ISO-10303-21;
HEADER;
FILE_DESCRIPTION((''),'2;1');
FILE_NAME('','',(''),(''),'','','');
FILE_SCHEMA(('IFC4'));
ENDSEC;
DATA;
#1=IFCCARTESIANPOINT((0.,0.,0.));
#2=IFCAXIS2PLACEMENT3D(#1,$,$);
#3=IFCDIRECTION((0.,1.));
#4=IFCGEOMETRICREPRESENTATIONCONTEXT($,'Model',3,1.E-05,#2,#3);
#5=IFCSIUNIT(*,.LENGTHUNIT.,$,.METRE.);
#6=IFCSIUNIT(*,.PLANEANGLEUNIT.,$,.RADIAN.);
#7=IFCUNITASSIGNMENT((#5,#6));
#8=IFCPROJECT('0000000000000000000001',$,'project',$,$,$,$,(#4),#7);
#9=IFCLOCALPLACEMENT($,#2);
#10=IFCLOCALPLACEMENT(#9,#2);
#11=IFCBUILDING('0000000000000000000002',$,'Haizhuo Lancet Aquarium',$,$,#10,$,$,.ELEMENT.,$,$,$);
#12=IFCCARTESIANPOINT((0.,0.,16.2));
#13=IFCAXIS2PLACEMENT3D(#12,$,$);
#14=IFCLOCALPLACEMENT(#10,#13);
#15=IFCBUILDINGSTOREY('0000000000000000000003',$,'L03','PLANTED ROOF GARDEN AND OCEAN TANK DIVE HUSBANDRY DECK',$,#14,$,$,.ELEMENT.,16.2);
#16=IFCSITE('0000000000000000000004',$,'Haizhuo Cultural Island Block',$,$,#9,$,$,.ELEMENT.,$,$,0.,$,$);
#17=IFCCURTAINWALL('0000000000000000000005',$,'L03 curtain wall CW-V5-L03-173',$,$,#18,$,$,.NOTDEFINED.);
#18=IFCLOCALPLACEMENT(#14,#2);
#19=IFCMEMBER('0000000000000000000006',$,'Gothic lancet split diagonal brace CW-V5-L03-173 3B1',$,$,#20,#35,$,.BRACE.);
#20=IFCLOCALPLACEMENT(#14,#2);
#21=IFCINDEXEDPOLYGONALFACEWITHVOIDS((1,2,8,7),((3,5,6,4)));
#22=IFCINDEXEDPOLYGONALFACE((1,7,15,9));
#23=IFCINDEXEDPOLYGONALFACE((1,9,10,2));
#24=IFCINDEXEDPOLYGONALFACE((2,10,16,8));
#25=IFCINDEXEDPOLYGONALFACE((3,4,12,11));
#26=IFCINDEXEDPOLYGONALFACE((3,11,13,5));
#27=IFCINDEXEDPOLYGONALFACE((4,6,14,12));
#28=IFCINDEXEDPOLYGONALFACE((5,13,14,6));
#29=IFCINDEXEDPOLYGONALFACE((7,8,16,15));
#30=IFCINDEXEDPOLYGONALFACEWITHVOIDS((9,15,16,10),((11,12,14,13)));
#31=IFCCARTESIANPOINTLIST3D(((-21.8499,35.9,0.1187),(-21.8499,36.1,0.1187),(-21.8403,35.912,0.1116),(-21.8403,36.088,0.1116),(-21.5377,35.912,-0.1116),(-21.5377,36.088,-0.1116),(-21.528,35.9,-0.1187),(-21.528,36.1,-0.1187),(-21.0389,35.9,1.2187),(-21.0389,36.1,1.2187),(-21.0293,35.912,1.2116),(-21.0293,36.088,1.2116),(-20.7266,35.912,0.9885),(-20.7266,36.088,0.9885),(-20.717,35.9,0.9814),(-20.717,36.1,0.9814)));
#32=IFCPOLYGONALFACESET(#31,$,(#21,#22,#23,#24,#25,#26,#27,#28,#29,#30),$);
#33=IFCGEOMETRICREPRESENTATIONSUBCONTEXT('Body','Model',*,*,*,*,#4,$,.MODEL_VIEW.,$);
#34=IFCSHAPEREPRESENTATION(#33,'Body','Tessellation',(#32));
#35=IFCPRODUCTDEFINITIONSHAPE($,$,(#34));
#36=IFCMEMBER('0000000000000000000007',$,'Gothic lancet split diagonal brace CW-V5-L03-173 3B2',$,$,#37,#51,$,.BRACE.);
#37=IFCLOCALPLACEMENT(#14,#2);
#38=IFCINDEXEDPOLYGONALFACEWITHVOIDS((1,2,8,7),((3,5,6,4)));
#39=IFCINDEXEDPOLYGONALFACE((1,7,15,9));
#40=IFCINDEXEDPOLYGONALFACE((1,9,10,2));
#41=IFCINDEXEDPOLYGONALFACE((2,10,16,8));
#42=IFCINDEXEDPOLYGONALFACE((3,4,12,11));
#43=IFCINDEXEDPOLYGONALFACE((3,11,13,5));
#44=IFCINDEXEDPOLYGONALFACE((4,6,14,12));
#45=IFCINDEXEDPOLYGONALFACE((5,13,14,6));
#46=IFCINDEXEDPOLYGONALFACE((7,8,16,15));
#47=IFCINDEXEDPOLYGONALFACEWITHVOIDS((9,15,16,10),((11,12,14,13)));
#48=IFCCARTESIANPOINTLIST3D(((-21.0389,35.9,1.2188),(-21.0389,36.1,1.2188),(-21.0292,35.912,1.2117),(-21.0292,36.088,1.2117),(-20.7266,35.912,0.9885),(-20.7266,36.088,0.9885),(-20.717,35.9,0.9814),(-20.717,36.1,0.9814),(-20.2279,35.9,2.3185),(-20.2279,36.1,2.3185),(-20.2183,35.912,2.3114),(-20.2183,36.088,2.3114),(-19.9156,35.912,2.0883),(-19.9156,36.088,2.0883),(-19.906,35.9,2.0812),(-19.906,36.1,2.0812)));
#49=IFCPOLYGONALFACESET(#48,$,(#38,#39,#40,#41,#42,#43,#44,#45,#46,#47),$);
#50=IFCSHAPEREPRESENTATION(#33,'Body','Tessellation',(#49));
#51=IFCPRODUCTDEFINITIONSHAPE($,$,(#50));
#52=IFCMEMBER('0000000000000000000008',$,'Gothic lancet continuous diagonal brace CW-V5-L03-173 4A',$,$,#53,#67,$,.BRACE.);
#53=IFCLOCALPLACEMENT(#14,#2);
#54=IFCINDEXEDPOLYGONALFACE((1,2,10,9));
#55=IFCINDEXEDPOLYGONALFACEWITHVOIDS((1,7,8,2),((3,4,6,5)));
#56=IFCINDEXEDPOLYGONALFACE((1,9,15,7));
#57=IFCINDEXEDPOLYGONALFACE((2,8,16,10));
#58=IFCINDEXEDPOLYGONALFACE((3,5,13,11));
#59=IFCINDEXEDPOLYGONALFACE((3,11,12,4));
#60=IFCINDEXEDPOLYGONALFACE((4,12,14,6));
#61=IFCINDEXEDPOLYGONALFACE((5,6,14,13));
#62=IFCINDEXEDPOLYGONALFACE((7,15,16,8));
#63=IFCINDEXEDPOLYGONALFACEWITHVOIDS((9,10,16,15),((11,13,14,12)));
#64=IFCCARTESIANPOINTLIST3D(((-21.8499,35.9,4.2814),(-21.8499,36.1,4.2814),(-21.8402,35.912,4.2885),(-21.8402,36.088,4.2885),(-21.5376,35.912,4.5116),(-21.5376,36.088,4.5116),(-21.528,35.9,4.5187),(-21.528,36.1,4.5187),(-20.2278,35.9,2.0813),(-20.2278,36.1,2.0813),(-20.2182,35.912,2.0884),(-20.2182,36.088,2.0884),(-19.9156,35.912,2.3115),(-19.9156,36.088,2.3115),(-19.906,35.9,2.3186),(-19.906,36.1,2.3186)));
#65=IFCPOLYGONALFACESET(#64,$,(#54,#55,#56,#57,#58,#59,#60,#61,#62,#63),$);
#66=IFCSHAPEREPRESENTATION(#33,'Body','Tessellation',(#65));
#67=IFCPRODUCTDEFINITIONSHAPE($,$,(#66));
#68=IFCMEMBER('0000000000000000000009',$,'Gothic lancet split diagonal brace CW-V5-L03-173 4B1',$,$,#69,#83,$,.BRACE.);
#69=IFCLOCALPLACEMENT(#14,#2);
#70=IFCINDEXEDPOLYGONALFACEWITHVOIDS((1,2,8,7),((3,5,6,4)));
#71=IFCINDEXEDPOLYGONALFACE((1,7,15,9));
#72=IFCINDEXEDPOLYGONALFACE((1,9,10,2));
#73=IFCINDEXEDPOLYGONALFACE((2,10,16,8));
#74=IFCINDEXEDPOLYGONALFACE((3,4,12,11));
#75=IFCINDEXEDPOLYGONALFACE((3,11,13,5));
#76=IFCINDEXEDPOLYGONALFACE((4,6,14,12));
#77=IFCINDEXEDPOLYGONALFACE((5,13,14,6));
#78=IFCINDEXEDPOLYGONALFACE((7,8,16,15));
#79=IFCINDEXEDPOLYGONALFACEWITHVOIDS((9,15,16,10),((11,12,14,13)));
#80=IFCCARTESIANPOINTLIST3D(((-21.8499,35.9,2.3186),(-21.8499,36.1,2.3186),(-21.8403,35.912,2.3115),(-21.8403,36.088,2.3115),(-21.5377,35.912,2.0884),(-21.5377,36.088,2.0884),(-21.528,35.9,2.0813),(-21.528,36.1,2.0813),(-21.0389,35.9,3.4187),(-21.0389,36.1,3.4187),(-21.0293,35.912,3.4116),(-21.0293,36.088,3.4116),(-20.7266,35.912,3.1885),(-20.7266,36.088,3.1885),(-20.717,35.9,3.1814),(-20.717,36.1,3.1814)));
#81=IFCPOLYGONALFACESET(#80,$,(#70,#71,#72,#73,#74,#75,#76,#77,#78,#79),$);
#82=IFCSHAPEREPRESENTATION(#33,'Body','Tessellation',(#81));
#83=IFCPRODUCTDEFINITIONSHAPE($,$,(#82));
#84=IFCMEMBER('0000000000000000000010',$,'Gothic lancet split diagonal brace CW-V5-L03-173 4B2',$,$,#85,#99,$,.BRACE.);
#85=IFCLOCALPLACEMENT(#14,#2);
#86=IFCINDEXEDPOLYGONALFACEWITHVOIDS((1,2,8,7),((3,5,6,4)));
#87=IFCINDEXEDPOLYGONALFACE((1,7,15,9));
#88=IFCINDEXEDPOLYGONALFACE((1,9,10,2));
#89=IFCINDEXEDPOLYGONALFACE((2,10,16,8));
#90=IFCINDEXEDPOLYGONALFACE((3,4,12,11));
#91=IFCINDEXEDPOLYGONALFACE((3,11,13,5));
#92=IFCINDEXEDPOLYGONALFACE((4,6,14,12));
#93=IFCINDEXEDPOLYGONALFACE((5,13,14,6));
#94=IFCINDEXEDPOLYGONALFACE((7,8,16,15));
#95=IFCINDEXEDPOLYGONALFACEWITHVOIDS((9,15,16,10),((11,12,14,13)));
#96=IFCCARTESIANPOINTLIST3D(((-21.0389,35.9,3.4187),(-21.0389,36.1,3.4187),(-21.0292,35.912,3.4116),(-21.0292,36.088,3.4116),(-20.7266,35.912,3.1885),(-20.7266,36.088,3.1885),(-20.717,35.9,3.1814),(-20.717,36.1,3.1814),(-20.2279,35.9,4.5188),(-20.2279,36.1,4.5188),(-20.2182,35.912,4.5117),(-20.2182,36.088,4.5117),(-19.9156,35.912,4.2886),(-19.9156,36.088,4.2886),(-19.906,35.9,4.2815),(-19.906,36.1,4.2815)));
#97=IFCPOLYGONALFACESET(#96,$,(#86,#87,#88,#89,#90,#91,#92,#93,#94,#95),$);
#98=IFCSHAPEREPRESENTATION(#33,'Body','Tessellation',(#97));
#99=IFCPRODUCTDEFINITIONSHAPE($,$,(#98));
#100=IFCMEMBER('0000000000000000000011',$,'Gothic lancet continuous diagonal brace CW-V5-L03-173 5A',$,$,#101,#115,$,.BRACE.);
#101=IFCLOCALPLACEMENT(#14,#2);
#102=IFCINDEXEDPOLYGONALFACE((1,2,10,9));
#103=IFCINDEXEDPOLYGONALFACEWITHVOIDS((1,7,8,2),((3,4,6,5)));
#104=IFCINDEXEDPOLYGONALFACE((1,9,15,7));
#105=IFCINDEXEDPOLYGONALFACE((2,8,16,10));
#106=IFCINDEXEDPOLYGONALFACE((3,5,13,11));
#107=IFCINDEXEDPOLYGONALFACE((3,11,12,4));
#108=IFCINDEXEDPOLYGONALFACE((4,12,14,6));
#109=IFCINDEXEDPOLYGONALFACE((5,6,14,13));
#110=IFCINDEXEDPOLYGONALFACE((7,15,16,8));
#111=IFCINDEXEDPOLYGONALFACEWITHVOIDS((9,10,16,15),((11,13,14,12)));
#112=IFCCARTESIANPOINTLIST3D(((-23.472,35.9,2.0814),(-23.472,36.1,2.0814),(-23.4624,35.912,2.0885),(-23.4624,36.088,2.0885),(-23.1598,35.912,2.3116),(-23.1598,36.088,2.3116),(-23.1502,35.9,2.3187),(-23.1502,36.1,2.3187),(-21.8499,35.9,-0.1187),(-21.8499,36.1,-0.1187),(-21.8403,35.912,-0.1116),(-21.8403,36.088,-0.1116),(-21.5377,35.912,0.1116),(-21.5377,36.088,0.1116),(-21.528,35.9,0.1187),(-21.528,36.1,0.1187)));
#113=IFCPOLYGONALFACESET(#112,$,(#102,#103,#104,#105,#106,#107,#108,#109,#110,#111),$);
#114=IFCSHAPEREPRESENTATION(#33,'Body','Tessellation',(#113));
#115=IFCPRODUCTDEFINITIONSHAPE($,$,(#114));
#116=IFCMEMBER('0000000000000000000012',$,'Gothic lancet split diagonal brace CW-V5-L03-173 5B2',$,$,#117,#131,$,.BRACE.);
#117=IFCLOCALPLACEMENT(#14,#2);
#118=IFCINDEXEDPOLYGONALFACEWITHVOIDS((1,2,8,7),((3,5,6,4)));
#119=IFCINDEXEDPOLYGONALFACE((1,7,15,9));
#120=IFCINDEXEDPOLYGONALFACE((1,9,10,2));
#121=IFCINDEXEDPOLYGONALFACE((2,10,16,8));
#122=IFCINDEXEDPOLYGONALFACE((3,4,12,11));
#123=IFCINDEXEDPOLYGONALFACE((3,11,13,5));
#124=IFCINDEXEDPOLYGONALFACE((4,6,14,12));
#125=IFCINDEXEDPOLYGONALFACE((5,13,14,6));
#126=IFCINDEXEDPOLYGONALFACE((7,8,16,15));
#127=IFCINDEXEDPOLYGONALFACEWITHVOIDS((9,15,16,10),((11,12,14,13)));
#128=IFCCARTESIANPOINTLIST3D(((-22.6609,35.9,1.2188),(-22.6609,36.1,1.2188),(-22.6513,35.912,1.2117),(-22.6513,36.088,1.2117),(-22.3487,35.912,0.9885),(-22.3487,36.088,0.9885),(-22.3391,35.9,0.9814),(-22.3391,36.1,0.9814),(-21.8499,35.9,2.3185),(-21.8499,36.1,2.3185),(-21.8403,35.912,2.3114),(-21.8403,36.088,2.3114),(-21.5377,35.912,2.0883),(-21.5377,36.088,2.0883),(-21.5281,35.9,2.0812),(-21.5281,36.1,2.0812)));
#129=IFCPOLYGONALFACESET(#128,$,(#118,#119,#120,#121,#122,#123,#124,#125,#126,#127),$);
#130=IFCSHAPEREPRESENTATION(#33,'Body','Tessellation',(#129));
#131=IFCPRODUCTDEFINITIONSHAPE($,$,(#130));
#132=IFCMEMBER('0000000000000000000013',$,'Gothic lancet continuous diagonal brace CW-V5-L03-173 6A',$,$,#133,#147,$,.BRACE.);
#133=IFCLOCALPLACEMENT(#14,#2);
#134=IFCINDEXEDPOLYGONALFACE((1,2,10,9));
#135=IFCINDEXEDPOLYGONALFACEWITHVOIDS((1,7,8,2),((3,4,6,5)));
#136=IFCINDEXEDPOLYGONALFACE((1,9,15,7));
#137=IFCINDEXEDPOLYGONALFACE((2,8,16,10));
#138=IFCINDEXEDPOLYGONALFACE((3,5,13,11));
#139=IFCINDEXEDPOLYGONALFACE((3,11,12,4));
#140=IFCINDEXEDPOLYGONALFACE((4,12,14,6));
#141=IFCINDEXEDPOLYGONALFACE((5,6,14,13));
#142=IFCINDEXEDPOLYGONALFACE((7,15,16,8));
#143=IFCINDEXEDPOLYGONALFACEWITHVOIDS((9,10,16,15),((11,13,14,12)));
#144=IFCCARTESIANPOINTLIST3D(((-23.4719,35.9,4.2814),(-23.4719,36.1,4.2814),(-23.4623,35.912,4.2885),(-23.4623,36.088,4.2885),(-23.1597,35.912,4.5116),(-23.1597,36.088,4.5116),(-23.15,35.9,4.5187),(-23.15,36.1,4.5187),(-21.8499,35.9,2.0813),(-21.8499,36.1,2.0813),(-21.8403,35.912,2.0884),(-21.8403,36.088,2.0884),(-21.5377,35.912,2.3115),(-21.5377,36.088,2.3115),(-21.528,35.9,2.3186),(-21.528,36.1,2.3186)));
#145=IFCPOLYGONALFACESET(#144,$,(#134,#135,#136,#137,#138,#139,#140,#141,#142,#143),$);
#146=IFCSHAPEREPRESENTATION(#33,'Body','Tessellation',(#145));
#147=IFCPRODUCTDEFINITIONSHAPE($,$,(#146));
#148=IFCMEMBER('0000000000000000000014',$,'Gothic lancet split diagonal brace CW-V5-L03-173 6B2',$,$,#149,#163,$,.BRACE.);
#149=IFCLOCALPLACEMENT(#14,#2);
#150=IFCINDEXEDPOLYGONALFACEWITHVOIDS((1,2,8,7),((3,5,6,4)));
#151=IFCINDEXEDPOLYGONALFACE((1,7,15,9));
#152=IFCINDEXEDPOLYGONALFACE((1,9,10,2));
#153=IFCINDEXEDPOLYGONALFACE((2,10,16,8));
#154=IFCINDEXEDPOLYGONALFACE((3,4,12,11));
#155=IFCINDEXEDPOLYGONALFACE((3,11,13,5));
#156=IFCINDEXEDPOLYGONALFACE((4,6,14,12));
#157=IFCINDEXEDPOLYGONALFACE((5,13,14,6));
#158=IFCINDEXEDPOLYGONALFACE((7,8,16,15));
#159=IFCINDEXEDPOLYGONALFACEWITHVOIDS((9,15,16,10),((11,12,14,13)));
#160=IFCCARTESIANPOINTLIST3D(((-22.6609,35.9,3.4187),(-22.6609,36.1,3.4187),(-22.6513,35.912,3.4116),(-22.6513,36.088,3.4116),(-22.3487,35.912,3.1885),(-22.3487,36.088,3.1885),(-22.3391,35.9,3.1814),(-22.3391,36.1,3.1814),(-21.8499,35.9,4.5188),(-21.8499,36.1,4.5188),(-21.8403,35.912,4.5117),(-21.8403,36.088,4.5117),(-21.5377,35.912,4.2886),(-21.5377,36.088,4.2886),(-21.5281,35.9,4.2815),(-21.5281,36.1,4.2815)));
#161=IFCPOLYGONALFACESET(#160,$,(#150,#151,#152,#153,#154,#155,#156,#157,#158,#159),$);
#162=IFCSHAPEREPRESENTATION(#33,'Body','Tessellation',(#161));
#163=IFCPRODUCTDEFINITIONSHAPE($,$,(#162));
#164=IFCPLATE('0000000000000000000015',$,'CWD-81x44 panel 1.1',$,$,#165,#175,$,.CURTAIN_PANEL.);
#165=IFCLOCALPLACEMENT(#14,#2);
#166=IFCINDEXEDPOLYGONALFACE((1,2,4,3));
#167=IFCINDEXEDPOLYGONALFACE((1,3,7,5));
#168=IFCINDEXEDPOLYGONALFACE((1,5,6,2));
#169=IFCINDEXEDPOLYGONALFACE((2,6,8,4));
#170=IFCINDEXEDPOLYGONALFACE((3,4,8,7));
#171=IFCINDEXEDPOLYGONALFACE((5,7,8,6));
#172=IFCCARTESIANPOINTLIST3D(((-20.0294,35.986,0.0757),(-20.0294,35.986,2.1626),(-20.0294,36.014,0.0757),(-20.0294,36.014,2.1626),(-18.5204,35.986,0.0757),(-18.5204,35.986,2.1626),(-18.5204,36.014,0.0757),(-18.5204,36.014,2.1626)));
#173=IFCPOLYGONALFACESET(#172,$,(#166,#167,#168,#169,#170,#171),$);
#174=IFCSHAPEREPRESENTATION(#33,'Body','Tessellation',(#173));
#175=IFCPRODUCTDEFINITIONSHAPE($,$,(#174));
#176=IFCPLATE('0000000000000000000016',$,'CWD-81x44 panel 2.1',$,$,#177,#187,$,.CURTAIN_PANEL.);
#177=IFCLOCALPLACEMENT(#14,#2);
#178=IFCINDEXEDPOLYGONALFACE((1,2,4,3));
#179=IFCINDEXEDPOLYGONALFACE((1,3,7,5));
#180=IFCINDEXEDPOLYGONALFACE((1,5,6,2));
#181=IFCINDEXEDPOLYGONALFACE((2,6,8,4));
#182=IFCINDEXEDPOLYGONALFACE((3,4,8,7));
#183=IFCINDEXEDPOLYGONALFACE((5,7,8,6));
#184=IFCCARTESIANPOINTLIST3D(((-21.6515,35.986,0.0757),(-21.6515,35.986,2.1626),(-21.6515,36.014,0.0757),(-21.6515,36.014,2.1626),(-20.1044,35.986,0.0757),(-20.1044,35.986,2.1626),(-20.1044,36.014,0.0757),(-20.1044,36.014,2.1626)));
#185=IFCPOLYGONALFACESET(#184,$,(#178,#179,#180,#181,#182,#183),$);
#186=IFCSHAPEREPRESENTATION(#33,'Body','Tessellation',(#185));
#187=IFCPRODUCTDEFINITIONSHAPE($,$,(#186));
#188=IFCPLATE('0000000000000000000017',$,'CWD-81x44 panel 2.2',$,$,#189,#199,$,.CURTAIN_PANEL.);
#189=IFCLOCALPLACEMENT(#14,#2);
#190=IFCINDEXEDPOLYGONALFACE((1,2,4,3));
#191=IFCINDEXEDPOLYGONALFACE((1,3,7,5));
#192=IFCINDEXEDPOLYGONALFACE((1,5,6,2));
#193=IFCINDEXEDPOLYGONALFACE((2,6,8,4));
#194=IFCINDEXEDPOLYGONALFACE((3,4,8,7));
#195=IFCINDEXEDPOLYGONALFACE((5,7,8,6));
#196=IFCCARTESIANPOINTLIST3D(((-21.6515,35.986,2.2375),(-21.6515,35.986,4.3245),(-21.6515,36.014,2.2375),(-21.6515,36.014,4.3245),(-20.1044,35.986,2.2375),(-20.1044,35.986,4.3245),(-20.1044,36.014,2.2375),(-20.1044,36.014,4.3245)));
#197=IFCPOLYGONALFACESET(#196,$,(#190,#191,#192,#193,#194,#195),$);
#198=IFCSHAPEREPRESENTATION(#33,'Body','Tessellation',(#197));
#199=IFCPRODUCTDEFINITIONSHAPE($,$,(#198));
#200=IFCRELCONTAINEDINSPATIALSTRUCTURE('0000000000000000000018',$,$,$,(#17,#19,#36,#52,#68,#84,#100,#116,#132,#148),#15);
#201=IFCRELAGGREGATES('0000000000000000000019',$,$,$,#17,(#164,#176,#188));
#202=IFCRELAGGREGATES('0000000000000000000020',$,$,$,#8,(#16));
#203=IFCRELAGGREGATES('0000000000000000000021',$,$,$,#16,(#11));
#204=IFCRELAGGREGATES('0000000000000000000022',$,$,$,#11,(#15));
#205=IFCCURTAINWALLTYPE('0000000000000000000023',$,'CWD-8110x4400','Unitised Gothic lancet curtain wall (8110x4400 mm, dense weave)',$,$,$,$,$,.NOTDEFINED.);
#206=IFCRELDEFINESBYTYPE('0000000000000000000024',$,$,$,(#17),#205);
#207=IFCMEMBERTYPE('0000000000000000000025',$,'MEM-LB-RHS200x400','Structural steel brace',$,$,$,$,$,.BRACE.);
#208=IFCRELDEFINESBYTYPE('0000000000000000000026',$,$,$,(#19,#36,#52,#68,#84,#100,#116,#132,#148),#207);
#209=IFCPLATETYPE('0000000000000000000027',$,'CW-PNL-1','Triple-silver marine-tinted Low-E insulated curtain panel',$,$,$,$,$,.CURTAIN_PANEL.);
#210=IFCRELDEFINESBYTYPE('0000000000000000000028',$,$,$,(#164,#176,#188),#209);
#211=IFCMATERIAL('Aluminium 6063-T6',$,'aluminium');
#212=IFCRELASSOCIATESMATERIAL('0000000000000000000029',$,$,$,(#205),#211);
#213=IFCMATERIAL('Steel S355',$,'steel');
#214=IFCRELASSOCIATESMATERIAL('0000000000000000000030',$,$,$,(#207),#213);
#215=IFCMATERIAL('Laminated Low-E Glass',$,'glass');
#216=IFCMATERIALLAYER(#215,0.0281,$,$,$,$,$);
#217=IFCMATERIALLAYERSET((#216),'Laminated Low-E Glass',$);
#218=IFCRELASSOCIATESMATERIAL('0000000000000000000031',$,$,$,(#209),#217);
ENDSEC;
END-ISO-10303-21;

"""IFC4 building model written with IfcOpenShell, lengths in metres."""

from ifc_helpers import new_model, si_unit, direction, frame, origin, origin_2d, place, context, subcontext, project, spatial, rectangle, hollow_rectangle, extrude, material, layer, layer_set, material_profile, profile_set, type_object, element, aggregate, save


model = new_model("IFC4")

# Units and contexts
model_context = context("Model", 3, precision=1e-05, world=origin(), true_north=direction((0.0, 1.0)))
body_context = subcontext(model_context, "Body", "Model", "MODEL_VIEW")
ifc_project = project(units=[si_unit("LENGTHUNIT", "METRE"), si_unit("PLANEANGLEUNIT", "RADIAN")], contexts=[model_context])

# Site, building, storey
site_placement = place(None, origin())
site = spatial("IfcSite", under=ifc_project, at=site_placement, Name="Haizhuo Cultural Island Block", CompositionType="ELEMENT", RefElevation=0.0)
building_placement = place(site_placement, origin())
building = spatial("IfcBuilding", under=site, at=building_placement, Name="Haizhuo Lancet Aquarium", CompositionType="ELEMENT")
storey_placement = place(building_placement, frame((0.0, 0.0, 16.2)))
storey = spatial("IfcBuildingStorey", under=building, at=storey_placement, Name="L03", Description="PLANTED ROOF GARDEN AND OCEAN TANK DIVE HUSBANDRY DECK", CompositionType="ELEMENT", Elevation=16.2)

# Curtain wall
ifc_material_1 = material(Name="Aluminium 6063-T6", Category="aluminium")
curtain_wall_type = type_object("IfcCurtainWallType", Name="CWD-8110x4400", Description="Unitised Gothic lancet curtain wall (8110x4400 mm, dense weave)", PredefinedType="NOTDEFINED", material=ifc_material_1)
curtain_wall_placement = place(storey_placement, origin())
curtain_wall = element("IfcCurtainWall", 1, at=curtain_wall_placement, inside=storey, type_object=curtain_wall_type, Name="L03 curtain wall CW-V5-L03-173", PredefinedType="NOTDEFINED")

# Members
ifc_material_2 = material(Name="Steel S355", Category="steel")
ifc_material_profile_1 = material_profile(ifc_material_2, hollow_rectangle(XDim=0.2, YDim=0.3999, WallThickness=0.012, at=origin_2d()), Name="RHS 200x400x12")
ifc_profile_set_1 = profile_set([ifc_material_profile_1], Name="Steel S355")
member_type_1 = type_object("IfcMemberType", Name="MEM-LB-RHS200x400", Description="Structural steel brace", PredefinedType="BRACE", material=ifc_profile_set_1)
member_1_placement = place(storey_placement, frame((-21.689, 36.0, 0.0), z_axis=(0.593406, 0.0, 0.804903), x_axis=(0.0, 1.0, 0.0)))
element("IfcMember", 2, at=member_1_placement, inside=storey, type_object=member_type_1, Name="Gothic lancet split diagonal brace CW-V5-L03-173 3B1", PredefinedType="BRACE", context=body_context, shape_type="SweptSolid", body=[
    extrude(hollow_rectangle(XDim=0.2, YDim=0.3999, WallThickness=0.012, at=origin_2d()), origin(), (0.0, 0.0, 1.0), 1.3667),
])
member_2_placement = place(storey_placement, frame((-20.8779, 36.0, 1.1001), z_axis=(0.593492, 0.0, 0.80484), x_axis=(0.0, 1.0, 0.0)))
element("IfcMember", 3, at=member_2_placement, inside=storey, type_object=member_type_1, Name="Gothic lancet split diagonal brace CW-V5-L03-173 3B2", PredefinedType="BRACE", context=body_context, shape_type="SweptSolid", body=[
    extrude(hollow_rectangle(XDim=0.2, YDim=0.3999, WallThickness=0.012, at=origin_2d()), origin(), (0.0, 0.0, 1.0), 1.3665),
])
member_3_placement = place(storey_placement, frame((-20.0669, 36.0, 2.2), z_axis=(-0.593406, 0.0, 0.804903), x_axis=(0.0, -1.0, 0.0)))
element("IfcMember", 4, at=member_3_placement, inside=storey, type_object=member_type_1, Name="Gothic lancet continuous diagonal brace CW-V5-L03-173 4A", PredefinedType="BRACE", context=body_context, shape_type="SweptSolid", body=[
    extrude(hollow_rectangle(XDim=0.2, YDim=0.3999, WallThickness=0.012, at=origin_2d()), origin(), (0.0, 0.0, 1.0), 2.7334),
])
for number, where, z_axis, x_axis, name in (
    (5, (-21.689, 36.0, 2.2), (0.593406, 0.0, 0.804903), (0.0, 1.0, 0.0), "Gothic lancet split diagonal brace CW-V5-L03-173 4B1"),
    (6, (-20.8779, 36.0, 3.3), (0.593406, 0.0, 0.804903), (0.0, 1.0, 0.0), "Gothic lancet split diagonal brace CW-V5-L03-173 4B2"),
):
    element("IfcMember", number, at=place(storey_placement, frame(where, z_axis=z_axis, x_axis=x_axis)), inside=storey, type_object=member_type_1, Name=name, PredefinedType="BRACE", context=body_context, shape_type="SweptSolid", body=[
        extrude(hollow_rectangle(XDim=0.2, YDim=0.3999, WallThickness=0.012, at=origin_2d()), origin(), (0.0, 0.0, 1.0), 1.3667),
    ])
member_4_placement = place(storey_placement, frame((-21.689, 36.0, 0.0), z_axis=(-0.593449, 0.0, 0.804872), x_axis=(0.0, -1.0, 0.0)))
element("IfcMember", 7, at=member_4_placement, inside=storey, type_object=member_type_1, Name="Gothic lancet continuous diagonal brace CW-V5-L03-173 5A", PredefinedType="BRACE", context=body_context, shape_type="SweptSolid", body=[
    extrude(hollow_rectangle(XDim=0.2, YDim=0.3999, WallThickness=0.012, at=origin_2d()), origin(), (0.0, 0.0, 1.0), 2.7334),
])
member_5_placement = place(storey_placement, frame((-22.5, 36.0, 1.1001), z_axis=(0.593492, 0.0, 0.80484), x_axis=(0.0, 1.0, 0.0)))
element("IfcMember", 8, at=member_5_placement, inside=storey, type_object=member_type_1, Name="Gothic lancet split diagonal brace CW-V5-L03-173 5B2", PredefinedType="BRACE", context=body_context, shape_type="SweptSolid", body=[
    extrude(hollow_rectangle(XDim=0.2, YDim=0.3999, WallThickness=0.012, at=origin_2d()), origin(), (0.0, 0.0, 1.0), 1.3665),
])
member_6_placement = place(storey_placement, frame((-21.689, 36.0, 2.2), z_axis=(-0.593406, 0.0, 0.804903), x_axis=(0.0, -1.0, 0.0)))
element("IfcMember", 9, at=member_6_placement, inside=storey, type_object=member_type_1, Name="Gothic lancet continuous diagonal brace CW-V5-L03-173 6A", PredefinedType="BRACE", context=body_context, shape_type="SweptSolid", body=[
    extrude(hollow_rectangle(XDim=0.2, YDim=0.3999, WallThickness=0.012, at=origin_2d()), origin(), (0.0, 0.0, 1.0), 2.7334),
])
member_7_placement = place(storey_placement, frame((-22.5, 36.0, 3.3), z_axis=(0.593406, 0.0, 0.804903), x_axis=(0.0, 1.0, 0.0)))
element("IfcMember", 10, at=member_7_placement, inside=storey, type_object=member_type_1, Name="Gothic lancet split diagonal brace CW-V5-L03-173 6B2", PredefinedType="BRACE", context=body_context, shape_type="SweptSolid", body=[
    extrude(hollow_rectangle(XDim=0.2, YDim=0.3999, WallThickness=0.012, at=origin_2d()), origin(), (0.0, 0.0, 1.0), 1.3667),
])

# Plates
ifc_material_3 = material(Name="Laminated Low-E Glass", Category="glass")
ifc_layer = layer(ifc_material_3, 0.0281)
ifc_layer_set = layer_set([ifc_layer], Name="Laminated Low-E Glass")
plate_type = type_object("IfcPlateType", Name="CW-PNL-1", Description="Triple-silver marine-tinted Low-E insulated curtain panel", PredefinedType="CURTAIN_PANEL", material=ifc_layer_set)
plate_1_placement = place(storey_placement, frame((-19.2749, 36.0, 0.0757), z_axis=(0.0, 0.0, 1.0), x_axis=(-1.0, 0.0, 0.0)))
plate_1 = element("IfcPlate", 11, at=plate_1_placement, type_object=plate_type, Name="CWD-81x44 panel 1.1", PredefinedType="CURTAIN_PANEL", context=body_context, shape_type="SweptSolid", body=[
    extrude(rectangle(XDim=1.509, YDim=0.0281, at=origin_2d()), origin(), (0.0, 0.0, 1.0), 2.0869),
])
plate_2_placement = place(storey_placement, frame((-20.8779, 36.0, 0.0757), z_axis=(0.0, 0.0, 1.0), x_axis=(-1.0, 0.0, 0.0)))
plate_2 = element("IfcPlate", 12, at=plate_2_placement, type_object=plate_type, Name="CWD-81x44 panel 2.1", PredefinedType="CURTAIN_PANEL", context=body_context, shape_type="SweptSolid", body=[
    extrude(rectangle(XDim=1.5471, YDim=0.0281, at=origin_2d()), origin(), (0.0, 0.0, 1.0), 2.0869),
])
plate_3_placement = place(storey_placement, frame((-20.8779, 36.0, 2.2375), z_axis=(0.0, 0.0, 1.0), x_axis=(-1.0, 0.0, 0.0)))
plate_3 = element("IfcPlate", 13, at=plate_3_placement, type_object=plate_type, Name="CWD-81x44 panel 2.2", PredefinedType="CURTAIN_PANEL", context=body_context, shape_type="SweptSolid", body=[
    extrude(rectangle(XDim=1.5471, YDim=0.0281, at=origin_2d()), origin(), (0.0, 0.0, 1.0), 2.0869),
])
aggregate(curtain_wall, [plate_1, plate_2, plate_3])

save(model, "model.ifc")
